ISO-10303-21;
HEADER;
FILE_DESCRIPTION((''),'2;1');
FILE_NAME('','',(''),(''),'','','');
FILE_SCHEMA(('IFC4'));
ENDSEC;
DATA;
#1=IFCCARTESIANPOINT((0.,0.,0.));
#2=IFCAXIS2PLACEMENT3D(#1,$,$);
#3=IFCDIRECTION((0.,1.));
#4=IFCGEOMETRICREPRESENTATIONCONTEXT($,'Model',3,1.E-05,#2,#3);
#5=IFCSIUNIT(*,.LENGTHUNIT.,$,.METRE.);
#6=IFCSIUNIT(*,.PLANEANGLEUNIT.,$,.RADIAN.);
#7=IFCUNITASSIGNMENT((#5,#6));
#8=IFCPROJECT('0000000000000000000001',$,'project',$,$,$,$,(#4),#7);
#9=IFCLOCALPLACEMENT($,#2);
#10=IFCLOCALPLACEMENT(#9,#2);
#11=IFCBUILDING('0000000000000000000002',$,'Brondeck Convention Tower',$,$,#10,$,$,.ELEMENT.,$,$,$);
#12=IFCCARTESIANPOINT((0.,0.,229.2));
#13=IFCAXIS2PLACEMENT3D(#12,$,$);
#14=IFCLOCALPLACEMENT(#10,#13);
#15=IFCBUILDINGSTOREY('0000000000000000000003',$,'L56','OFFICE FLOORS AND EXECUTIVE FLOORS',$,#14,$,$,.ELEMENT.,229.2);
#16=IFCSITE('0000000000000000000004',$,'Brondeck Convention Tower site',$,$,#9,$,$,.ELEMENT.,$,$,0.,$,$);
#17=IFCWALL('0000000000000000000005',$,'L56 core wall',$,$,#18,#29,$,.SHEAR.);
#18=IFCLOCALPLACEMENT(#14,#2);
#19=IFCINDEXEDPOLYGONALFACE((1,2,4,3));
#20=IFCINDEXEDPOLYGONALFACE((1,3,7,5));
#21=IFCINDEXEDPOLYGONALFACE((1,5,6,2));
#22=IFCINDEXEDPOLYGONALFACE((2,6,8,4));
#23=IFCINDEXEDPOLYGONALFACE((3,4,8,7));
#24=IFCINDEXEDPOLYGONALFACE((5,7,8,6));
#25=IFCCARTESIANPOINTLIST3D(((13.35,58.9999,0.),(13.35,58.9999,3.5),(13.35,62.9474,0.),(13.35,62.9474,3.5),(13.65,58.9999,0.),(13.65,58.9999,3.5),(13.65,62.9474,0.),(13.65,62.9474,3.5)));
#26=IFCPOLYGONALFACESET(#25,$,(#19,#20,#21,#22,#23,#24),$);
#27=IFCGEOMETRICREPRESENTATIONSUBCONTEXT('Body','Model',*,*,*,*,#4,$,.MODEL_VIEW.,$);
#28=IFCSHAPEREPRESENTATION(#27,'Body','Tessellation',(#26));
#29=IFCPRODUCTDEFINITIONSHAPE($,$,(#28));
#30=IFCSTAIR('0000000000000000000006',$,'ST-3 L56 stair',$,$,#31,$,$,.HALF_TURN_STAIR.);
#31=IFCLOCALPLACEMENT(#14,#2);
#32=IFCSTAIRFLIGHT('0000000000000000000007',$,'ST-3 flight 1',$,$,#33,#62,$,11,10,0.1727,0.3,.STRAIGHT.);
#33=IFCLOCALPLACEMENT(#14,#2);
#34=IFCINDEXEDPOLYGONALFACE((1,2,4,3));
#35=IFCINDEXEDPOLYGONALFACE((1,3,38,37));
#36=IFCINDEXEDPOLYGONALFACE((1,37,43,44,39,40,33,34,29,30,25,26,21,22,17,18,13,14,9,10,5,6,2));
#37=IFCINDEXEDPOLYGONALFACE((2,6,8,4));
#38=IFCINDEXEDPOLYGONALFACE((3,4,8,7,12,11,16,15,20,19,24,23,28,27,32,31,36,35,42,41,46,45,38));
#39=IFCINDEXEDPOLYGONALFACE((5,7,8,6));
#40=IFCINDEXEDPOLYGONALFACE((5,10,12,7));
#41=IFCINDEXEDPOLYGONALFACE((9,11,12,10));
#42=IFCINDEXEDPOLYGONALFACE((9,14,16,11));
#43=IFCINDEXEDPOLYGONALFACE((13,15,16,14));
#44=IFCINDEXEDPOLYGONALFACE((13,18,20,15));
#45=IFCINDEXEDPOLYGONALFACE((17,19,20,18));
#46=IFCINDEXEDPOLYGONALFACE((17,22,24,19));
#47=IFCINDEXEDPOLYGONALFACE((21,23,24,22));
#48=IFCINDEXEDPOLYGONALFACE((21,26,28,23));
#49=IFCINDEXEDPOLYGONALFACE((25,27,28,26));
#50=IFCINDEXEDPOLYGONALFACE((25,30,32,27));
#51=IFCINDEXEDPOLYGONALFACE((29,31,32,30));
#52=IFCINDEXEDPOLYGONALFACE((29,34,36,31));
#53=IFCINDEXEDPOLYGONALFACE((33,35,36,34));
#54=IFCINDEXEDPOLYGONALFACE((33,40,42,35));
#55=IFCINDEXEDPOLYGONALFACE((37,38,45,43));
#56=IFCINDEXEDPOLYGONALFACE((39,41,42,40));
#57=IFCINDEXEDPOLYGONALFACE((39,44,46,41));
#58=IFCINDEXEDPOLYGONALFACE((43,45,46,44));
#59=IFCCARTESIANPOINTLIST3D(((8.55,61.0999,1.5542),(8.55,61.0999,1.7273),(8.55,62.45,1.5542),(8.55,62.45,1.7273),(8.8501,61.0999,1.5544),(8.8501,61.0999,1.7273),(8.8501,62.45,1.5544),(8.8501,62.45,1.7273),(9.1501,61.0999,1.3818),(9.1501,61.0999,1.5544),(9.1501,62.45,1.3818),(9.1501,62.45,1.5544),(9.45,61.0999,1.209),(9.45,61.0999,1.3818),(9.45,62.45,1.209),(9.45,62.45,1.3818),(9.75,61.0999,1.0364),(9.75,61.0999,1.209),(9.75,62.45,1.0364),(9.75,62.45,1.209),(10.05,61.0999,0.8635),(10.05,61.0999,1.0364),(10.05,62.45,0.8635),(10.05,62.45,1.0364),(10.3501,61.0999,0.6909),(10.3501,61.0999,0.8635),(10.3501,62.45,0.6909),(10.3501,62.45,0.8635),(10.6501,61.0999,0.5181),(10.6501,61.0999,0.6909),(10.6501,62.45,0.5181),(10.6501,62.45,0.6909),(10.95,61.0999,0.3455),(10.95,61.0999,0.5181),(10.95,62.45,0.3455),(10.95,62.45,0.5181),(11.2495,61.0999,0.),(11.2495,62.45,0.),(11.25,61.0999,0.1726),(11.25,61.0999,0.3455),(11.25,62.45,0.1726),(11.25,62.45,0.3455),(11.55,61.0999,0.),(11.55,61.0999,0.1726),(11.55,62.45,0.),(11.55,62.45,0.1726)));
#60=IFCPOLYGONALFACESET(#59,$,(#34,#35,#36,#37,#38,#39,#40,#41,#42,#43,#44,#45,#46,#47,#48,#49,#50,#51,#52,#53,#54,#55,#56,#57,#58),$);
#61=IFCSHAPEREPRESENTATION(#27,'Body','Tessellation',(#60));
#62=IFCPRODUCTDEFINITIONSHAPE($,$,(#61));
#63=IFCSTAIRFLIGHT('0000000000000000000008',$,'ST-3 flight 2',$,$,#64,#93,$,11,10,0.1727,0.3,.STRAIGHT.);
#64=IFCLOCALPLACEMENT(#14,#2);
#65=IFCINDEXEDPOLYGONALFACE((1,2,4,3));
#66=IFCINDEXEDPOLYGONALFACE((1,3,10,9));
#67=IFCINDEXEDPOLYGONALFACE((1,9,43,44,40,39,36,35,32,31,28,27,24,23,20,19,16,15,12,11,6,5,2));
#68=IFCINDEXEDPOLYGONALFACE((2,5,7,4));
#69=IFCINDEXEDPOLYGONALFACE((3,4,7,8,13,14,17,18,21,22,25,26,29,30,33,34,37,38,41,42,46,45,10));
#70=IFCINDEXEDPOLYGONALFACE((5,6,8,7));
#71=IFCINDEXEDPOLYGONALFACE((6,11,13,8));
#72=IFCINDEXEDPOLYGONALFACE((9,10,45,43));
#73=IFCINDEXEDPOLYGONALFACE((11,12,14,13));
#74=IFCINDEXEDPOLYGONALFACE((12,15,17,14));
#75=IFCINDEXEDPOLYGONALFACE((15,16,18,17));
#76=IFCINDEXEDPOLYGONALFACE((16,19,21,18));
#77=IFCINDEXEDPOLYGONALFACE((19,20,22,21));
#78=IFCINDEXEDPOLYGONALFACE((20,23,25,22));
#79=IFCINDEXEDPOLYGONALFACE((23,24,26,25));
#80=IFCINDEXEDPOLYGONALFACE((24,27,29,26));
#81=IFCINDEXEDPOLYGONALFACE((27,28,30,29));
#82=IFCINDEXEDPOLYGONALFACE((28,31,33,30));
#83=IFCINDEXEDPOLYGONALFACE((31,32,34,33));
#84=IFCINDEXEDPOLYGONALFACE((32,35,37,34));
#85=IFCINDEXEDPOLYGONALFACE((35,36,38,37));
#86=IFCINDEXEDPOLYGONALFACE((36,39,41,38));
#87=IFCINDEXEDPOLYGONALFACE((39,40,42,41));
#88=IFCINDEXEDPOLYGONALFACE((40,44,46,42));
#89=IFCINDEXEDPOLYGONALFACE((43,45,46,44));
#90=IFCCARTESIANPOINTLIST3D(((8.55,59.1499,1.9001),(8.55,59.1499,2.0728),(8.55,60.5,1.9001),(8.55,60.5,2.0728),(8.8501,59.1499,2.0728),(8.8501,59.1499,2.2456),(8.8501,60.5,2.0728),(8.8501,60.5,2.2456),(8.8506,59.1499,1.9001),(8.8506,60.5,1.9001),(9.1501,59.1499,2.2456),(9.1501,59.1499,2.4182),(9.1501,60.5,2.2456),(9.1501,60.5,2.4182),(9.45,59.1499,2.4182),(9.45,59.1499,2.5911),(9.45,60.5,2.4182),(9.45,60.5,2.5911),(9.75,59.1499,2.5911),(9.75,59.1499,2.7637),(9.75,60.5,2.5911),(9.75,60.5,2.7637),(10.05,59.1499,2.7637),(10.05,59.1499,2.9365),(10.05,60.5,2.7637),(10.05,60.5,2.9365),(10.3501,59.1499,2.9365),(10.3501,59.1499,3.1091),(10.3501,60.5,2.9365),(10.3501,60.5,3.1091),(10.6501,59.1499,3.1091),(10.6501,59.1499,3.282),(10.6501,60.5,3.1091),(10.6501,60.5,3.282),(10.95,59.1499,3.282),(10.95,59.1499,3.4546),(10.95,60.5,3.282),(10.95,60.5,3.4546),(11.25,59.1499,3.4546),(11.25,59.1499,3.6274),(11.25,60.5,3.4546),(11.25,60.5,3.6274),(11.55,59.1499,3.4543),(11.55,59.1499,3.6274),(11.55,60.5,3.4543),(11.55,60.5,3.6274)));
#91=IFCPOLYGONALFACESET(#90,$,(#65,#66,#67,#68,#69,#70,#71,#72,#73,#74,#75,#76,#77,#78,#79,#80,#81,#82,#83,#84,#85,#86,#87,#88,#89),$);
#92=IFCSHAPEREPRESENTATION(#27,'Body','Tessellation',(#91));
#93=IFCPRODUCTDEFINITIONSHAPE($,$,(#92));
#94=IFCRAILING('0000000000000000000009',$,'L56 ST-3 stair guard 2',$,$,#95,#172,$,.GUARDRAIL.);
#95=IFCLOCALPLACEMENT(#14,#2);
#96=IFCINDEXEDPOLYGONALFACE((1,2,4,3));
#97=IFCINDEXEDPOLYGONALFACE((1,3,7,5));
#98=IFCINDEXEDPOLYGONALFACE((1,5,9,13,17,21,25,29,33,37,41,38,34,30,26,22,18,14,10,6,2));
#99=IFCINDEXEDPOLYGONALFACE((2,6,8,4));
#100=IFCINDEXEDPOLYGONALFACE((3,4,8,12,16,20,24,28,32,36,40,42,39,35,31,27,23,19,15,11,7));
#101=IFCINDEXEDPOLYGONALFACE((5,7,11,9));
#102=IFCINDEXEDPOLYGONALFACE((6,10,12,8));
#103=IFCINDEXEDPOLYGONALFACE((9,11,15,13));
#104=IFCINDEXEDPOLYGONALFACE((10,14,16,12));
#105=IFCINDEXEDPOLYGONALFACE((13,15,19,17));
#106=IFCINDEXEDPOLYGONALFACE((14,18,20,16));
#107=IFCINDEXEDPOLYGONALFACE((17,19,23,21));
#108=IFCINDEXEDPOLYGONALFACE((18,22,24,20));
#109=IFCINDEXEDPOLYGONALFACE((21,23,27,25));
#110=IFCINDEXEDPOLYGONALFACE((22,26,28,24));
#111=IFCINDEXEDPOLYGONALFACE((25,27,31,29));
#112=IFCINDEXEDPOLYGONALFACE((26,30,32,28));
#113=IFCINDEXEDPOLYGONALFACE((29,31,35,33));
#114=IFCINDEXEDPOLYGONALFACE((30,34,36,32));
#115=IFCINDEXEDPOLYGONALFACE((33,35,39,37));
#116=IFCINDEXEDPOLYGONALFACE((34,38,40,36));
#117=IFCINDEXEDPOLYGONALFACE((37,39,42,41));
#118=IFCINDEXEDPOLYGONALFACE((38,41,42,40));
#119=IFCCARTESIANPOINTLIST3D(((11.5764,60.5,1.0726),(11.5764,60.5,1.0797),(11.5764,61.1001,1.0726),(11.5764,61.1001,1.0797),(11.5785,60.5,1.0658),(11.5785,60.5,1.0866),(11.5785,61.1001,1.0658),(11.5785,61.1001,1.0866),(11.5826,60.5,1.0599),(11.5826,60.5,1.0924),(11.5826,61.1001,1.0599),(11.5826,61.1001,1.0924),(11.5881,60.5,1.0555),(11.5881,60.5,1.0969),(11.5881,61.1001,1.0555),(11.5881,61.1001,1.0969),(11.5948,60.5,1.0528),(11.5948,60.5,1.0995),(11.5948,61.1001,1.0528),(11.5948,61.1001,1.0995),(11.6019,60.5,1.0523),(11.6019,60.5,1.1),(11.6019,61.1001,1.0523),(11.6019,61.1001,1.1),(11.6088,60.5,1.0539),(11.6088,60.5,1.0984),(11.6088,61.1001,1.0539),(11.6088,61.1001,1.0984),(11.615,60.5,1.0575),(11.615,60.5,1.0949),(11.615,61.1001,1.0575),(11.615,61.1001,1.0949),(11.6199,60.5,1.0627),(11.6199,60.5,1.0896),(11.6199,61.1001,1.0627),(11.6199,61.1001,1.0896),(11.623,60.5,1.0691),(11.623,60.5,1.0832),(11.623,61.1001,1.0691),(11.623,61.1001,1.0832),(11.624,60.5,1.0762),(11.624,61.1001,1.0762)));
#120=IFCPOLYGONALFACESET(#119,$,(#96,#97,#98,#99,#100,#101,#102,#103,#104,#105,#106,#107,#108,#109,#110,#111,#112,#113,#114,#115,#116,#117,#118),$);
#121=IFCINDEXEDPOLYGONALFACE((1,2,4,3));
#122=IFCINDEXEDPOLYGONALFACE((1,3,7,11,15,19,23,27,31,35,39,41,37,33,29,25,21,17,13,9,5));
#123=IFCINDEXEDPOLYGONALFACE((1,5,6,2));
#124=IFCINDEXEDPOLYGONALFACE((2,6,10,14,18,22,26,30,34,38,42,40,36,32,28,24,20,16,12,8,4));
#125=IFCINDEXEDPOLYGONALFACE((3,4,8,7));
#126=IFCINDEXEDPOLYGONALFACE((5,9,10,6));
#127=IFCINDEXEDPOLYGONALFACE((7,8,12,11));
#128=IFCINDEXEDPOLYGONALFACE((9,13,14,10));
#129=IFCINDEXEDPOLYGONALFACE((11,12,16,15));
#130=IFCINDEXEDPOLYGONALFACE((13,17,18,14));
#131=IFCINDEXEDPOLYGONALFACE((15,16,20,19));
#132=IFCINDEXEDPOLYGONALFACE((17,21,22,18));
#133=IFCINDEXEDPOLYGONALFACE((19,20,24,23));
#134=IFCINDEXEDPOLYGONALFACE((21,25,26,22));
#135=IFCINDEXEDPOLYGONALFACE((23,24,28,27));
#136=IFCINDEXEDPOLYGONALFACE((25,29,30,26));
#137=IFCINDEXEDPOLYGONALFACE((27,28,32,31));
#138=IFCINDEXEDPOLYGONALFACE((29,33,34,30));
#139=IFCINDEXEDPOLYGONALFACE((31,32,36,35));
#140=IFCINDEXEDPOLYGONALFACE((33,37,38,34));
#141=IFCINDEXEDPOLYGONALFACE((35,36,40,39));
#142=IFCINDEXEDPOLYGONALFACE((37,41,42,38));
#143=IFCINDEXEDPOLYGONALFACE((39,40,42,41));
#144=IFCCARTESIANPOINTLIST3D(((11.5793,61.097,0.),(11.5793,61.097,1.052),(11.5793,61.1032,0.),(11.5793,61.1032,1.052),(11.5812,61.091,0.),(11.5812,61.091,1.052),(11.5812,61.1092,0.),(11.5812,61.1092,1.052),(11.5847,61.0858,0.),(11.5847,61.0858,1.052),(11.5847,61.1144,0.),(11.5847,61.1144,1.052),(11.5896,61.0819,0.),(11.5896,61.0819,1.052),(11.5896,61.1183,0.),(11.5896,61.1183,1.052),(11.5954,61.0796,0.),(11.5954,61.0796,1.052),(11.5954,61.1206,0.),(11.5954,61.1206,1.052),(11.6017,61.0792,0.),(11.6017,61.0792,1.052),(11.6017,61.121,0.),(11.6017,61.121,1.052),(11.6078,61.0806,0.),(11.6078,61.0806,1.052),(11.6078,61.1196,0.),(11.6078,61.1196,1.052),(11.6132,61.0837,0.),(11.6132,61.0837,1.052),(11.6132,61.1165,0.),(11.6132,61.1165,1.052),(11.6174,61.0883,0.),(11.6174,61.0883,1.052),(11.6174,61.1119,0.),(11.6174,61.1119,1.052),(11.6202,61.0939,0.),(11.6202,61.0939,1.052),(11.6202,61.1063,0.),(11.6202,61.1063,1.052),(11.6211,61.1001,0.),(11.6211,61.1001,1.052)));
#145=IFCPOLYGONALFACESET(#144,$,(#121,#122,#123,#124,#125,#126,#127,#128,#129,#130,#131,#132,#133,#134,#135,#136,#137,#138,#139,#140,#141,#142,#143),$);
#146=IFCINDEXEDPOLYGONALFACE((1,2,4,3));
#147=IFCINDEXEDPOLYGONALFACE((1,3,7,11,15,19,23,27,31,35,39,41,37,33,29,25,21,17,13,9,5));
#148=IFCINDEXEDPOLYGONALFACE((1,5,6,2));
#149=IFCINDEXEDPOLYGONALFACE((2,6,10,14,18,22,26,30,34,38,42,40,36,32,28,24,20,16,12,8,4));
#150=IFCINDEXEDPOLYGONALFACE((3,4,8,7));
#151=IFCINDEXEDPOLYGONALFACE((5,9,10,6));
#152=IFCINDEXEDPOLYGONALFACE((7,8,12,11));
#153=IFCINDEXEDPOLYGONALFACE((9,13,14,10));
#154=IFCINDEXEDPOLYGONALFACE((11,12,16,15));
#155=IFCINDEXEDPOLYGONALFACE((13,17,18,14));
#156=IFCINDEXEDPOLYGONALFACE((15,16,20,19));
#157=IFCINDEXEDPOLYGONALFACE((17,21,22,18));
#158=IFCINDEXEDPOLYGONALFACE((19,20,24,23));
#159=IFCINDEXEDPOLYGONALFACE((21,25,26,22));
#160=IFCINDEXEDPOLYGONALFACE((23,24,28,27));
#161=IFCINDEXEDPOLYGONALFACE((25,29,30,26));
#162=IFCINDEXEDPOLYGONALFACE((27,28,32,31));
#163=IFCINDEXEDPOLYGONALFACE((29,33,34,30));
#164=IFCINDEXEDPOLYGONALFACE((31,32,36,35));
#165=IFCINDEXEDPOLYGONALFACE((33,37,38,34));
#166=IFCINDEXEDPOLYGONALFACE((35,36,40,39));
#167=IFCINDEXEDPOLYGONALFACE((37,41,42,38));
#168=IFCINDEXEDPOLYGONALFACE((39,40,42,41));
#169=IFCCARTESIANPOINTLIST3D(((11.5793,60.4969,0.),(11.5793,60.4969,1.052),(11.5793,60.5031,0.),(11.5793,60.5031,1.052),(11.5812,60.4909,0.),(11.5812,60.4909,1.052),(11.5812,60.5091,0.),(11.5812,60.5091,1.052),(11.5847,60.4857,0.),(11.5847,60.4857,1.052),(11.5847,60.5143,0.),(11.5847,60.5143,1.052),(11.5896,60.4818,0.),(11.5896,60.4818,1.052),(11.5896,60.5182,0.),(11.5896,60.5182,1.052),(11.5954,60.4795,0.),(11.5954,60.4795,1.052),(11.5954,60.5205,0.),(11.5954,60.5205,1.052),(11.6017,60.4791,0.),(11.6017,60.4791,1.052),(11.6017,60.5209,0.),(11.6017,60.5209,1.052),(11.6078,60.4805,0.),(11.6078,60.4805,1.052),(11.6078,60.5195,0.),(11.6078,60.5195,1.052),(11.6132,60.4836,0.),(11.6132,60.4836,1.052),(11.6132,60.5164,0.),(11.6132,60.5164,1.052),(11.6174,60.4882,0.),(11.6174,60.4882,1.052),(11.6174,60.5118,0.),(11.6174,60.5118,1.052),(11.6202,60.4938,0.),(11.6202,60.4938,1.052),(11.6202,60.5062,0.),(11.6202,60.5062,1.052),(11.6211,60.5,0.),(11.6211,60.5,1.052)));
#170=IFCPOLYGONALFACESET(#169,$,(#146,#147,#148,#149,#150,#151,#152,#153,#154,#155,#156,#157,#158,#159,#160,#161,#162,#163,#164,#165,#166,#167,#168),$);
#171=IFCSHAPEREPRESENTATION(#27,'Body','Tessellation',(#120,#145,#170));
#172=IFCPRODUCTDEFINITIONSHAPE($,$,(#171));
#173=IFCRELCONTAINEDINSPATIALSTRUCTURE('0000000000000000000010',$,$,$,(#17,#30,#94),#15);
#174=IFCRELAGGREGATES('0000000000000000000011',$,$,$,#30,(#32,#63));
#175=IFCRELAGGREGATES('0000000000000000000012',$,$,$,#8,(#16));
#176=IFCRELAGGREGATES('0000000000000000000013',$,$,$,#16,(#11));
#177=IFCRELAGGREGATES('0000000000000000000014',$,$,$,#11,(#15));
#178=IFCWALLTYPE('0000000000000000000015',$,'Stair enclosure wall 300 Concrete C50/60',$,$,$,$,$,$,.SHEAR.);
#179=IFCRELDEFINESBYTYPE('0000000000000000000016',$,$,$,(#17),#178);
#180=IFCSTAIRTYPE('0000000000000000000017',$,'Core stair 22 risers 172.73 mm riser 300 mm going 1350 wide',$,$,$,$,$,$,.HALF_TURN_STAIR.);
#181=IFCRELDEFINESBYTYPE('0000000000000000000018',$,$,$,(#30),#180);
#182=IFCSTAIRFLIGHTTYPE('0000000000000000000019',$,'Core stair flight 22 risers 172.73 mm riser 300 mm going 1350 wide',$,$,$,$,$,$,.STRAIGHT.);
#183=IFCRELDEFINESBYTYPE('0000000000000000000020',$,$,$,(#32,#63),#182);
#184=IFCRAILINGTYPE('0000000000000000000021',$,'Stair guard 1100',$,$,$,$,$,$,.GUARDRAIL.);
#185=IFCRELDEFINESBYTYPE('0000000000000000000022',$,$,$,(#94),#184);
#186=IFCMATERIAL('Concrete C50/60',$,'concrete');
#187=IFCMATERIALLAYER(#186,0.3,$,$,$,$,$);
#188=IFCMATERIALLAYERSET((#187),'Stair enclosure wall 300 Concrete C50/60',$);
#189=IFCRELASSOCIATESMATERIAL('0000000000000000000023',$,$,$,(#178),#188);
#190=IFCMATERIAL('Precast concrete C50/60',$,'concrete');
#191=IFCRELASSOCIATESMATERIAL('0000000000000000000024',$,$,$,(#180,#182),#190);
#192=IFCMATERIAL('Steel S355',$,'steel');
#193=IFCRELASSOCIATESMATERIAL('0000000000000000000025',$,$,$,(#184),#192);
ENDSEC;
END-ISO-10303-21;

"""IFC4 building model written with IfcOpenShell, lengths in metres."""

from ifc_helpers import new_model, si_unit, direction, frame, frame_2d, origin, origin_2d, place, context, subcontext, project, spatial, polyline, rectangle, circle, outline, extrude, material, layer, layer_set, type_object, element, aggregate, save


model = new_model("IFC4")

# Units and contexts
model_context = context("Model", 3, precision=1e-05, world=origin(), true_north=direction((0.0, 1.0)))
body_context = subcontext(model_context, "Body", "Model", "MODEL_VIEW")
ifc_project = project(units=[si_unit("LENGTHUNIT", "METRE"), si_unit("PLANEANGLEUNIT", "RADIAN")], contexts=[model_context])

# Site, building, storey
site_placement = place(None, origin())
site = spatial("IfcSite", under=ifc_project, at=site_placement, Name="Brondeck Convention Tower site", CompositionType="ELEMENT", RefElevation=0.0)
building_placement = place(site_placement, origin())
building = spatial("IfcBuilding", under=site, at=building_placement, Name="Brondeck Convention Tower", CompositionType="ELEMENT")
storey_placement = place(building_placement, frame((0.0, 0.0, 229.2)))
storey = spatial("IfcBuildingStorey", under=building, at=storey_placement, Name="L56", Description="OFFICE FLOORS AND EXECUTIVE FLOORS", CompositionType="ELEMENT", Elevation=229.2)

# Shared definitions
ifc_material_1 = material(Name="Concrete C50/60", Category="concrete")

# Wall
ifc_layer_1 = layer(ifc_material_1, 0.3)
ifc_layer_set_1 = layer_set([ifc_layer_1], Name="Stair enclosure wall 300 Concrete C50/60")
wall_type_1 = type_object("IfcWallType", Name="Stair enclosure wall 300 Concrete C50/60", PredefinedType="SHEAR", material=ifc_layer_set_1)
wall_1_placement = place(storey_placement, frame((13.5, 59.0, 0.0), z_axis=(0.0, 0.0, 1.0), x_axis=(0.0, 1.0, 0.0)))
element("IfcWall", 1, at=wall_1_placement, inside=storey, type_object=wall_type_1, Name="L56 core wall", PredefinedType="SHEAR", context=body_context, shape_type="SweptSolid", body=[
    extrude(rectangle(XDim=3.9475, YDim=0.3, at=frame_2d((1.9736, 0.0))), origin(), (0.0, 0.0, 1.0), 3.5),
])

# Stair, stair flights
ifc_material_2 = material(Name="Precast concrete C50/60", Category="concrete")
stair_type = type_object("IfcStairType", Name="Core stair 22 risers 172.73 mm riser 300 mm going 1350 wide", PredefinedType="HALF_TURN_STAIR", material=ifc_material_2)
stair_placement = place(storey_placement, origin())
stair = element("IfcStair", 2, at=stair_placement, inside=storey, type_object=stair_type, Name="ST-3 L56 stair", PredefinedType="HALF_TURN_STAIR")
stair_flight_type = type_object("IfcStairFlightType", Name="Core stair flight 22 risers 172.73 mm riser 300 mm going 1350 wide", PredefinedType="STRAIGHT", material=ifc_material_2)
stair_flight_1_placement = place(storey_placement, frame((11.55, 61.7749, 0.0), z_axis=(0.0, 0.0, 1.0), x_axis=(-1.0, 0.0, 0.0)))
stair_flight_1 = element("IfcStairFlight", 3, at=stair_flight_1_placement, type_object=stair_flight_type, Name="ST-3 flight 1", NumberOfRisers=11, NumberOfTreads=10, PredefinedType="STRAIGHT", RiserHeight=0.1727, TreadLength=0.3, context=body_context, shape_type="SweptSolid", body=[
    extrude(outline(polyline([(0.0, 0.0), (0.0, 0.1726), (0.3, 0.1726), (0.3, 0.3455), (0.6001, 0.3455), (0.6001, 0.5181), (0.8999, 0.5181), (0.8999, 0.6909), (1.2, 0.6909), (1.2, 0.8635), (1.5, 0.8635), (1.5, 1.0364), (1.8, 1.0364), (1.8, 1.209), (2.1001, 1.209), (2.1001, 1.3818), (2.3999, 1.3818), (2.3999, 1.5544), (2.7, 1.5544), (2.7, 1.7273), (3.0, 1.7273), (3.0, 1.8999), (3.0, 1.5542), (0.3005, 0.0), (0.0, 0.0)])), frame((0.0, 0.675, 0.0), z_axis=(0.0, -1.0, 0.0), x_axis=(1.0, 0.0, 0.0)), (0.0, 0.0, 1.0), 1.3501),
])
stair_flight_2_placement = place(storey_placement, frame((8.55, 59.825, 1.9001), z_axis=(0.0, 0.0, 1.0), x_axis=(1.0, 0.0, 0.0)))
stair_flight_2 = element("IfcStairFlight", 4, at=stair_flight_2_placement, type_object=stair_flight_type, Name="ST-3 flight 2", NumberOfRisers=11, NumberOfTreads=10, PredefinedType="STRAIGHT", RiserHeight=0.1727, TreadLength=0.3, context=body_context, shape_type="SweptSolid", body=[
    extrude(outline(polyline([(0.0, 0.0), (0.0, 0.1726), (0.3, 0.1726), (0.3, 0.3455), (0.6001, 0.3455), (0.6001, 0.5181), (0.8999, 0.5181), (0.8999, 0.6909), (1.2, 0.6909), (1.2, 0.8635), (1.5, 0.8635), (1.5, 1.0364), (1.8, 1.0364), (1.8, 1.209), (2.1001, 1.209), (2.1001, 1.3818), (2.3999, 1.3818), (2.3999, 1.5544), (2.7, 1.5544), (2.7, 1.7273), (3.0, 1.7273), (3.0, 1.8999), (3.0, 1.5542), (0.3005, 0.0), (0.0, 0.0)])), frame((0.0, 0.675, 0.0), z_axis=(0.0, -1.0, 0.0), x_axis=(1.0, 0.0, 0.0)), (0.0, 0.0, 1.0), 1.3501),
])
aggregate(stair, [stair_flight_1, stair_flight_2])

# Railing
ifc_material_3 = material(Name="Steel S355", Category="steel")
railing_type_1 = type_object("IfcRailingType", Name="Stair guard 1100", PredefinedType="GUARDRAIL", material=ifc_material_3)
railing_1_placement = place(storey_placement, frame((11.6001, 61.1001, 0.0)))
element("IfcRailing", 5, at=railing_1_placement, inside=storey, type_object=railing_type_1, Name="L56 ST-3 stair guard 2", PredefinedType="GUARDRAIL", context=body_context, shape_type="SweptSolid", body=[
    extrude(circle(Radius=0.0239, at=origin_2d()), frame((0.0, 0.0, 1.0762), z_axis=(0.0, -1.0, 0.0), x_axis=(1.0, 0.0, 0.0)), (0.0, 0.0, 1.0), 0.6001),
    extrude(circle(Radius=0.021, at=origin_2d()), origin(), (0.0, 0.0, 1.0), 1.052),
    extrude(circle(Radius=0.021, at=origin_2d()), frame((0.0, -0.6001, 0.0)), (0.0, 0.0, 1.0), 1.052),
])

save(model, "model.ifc")
